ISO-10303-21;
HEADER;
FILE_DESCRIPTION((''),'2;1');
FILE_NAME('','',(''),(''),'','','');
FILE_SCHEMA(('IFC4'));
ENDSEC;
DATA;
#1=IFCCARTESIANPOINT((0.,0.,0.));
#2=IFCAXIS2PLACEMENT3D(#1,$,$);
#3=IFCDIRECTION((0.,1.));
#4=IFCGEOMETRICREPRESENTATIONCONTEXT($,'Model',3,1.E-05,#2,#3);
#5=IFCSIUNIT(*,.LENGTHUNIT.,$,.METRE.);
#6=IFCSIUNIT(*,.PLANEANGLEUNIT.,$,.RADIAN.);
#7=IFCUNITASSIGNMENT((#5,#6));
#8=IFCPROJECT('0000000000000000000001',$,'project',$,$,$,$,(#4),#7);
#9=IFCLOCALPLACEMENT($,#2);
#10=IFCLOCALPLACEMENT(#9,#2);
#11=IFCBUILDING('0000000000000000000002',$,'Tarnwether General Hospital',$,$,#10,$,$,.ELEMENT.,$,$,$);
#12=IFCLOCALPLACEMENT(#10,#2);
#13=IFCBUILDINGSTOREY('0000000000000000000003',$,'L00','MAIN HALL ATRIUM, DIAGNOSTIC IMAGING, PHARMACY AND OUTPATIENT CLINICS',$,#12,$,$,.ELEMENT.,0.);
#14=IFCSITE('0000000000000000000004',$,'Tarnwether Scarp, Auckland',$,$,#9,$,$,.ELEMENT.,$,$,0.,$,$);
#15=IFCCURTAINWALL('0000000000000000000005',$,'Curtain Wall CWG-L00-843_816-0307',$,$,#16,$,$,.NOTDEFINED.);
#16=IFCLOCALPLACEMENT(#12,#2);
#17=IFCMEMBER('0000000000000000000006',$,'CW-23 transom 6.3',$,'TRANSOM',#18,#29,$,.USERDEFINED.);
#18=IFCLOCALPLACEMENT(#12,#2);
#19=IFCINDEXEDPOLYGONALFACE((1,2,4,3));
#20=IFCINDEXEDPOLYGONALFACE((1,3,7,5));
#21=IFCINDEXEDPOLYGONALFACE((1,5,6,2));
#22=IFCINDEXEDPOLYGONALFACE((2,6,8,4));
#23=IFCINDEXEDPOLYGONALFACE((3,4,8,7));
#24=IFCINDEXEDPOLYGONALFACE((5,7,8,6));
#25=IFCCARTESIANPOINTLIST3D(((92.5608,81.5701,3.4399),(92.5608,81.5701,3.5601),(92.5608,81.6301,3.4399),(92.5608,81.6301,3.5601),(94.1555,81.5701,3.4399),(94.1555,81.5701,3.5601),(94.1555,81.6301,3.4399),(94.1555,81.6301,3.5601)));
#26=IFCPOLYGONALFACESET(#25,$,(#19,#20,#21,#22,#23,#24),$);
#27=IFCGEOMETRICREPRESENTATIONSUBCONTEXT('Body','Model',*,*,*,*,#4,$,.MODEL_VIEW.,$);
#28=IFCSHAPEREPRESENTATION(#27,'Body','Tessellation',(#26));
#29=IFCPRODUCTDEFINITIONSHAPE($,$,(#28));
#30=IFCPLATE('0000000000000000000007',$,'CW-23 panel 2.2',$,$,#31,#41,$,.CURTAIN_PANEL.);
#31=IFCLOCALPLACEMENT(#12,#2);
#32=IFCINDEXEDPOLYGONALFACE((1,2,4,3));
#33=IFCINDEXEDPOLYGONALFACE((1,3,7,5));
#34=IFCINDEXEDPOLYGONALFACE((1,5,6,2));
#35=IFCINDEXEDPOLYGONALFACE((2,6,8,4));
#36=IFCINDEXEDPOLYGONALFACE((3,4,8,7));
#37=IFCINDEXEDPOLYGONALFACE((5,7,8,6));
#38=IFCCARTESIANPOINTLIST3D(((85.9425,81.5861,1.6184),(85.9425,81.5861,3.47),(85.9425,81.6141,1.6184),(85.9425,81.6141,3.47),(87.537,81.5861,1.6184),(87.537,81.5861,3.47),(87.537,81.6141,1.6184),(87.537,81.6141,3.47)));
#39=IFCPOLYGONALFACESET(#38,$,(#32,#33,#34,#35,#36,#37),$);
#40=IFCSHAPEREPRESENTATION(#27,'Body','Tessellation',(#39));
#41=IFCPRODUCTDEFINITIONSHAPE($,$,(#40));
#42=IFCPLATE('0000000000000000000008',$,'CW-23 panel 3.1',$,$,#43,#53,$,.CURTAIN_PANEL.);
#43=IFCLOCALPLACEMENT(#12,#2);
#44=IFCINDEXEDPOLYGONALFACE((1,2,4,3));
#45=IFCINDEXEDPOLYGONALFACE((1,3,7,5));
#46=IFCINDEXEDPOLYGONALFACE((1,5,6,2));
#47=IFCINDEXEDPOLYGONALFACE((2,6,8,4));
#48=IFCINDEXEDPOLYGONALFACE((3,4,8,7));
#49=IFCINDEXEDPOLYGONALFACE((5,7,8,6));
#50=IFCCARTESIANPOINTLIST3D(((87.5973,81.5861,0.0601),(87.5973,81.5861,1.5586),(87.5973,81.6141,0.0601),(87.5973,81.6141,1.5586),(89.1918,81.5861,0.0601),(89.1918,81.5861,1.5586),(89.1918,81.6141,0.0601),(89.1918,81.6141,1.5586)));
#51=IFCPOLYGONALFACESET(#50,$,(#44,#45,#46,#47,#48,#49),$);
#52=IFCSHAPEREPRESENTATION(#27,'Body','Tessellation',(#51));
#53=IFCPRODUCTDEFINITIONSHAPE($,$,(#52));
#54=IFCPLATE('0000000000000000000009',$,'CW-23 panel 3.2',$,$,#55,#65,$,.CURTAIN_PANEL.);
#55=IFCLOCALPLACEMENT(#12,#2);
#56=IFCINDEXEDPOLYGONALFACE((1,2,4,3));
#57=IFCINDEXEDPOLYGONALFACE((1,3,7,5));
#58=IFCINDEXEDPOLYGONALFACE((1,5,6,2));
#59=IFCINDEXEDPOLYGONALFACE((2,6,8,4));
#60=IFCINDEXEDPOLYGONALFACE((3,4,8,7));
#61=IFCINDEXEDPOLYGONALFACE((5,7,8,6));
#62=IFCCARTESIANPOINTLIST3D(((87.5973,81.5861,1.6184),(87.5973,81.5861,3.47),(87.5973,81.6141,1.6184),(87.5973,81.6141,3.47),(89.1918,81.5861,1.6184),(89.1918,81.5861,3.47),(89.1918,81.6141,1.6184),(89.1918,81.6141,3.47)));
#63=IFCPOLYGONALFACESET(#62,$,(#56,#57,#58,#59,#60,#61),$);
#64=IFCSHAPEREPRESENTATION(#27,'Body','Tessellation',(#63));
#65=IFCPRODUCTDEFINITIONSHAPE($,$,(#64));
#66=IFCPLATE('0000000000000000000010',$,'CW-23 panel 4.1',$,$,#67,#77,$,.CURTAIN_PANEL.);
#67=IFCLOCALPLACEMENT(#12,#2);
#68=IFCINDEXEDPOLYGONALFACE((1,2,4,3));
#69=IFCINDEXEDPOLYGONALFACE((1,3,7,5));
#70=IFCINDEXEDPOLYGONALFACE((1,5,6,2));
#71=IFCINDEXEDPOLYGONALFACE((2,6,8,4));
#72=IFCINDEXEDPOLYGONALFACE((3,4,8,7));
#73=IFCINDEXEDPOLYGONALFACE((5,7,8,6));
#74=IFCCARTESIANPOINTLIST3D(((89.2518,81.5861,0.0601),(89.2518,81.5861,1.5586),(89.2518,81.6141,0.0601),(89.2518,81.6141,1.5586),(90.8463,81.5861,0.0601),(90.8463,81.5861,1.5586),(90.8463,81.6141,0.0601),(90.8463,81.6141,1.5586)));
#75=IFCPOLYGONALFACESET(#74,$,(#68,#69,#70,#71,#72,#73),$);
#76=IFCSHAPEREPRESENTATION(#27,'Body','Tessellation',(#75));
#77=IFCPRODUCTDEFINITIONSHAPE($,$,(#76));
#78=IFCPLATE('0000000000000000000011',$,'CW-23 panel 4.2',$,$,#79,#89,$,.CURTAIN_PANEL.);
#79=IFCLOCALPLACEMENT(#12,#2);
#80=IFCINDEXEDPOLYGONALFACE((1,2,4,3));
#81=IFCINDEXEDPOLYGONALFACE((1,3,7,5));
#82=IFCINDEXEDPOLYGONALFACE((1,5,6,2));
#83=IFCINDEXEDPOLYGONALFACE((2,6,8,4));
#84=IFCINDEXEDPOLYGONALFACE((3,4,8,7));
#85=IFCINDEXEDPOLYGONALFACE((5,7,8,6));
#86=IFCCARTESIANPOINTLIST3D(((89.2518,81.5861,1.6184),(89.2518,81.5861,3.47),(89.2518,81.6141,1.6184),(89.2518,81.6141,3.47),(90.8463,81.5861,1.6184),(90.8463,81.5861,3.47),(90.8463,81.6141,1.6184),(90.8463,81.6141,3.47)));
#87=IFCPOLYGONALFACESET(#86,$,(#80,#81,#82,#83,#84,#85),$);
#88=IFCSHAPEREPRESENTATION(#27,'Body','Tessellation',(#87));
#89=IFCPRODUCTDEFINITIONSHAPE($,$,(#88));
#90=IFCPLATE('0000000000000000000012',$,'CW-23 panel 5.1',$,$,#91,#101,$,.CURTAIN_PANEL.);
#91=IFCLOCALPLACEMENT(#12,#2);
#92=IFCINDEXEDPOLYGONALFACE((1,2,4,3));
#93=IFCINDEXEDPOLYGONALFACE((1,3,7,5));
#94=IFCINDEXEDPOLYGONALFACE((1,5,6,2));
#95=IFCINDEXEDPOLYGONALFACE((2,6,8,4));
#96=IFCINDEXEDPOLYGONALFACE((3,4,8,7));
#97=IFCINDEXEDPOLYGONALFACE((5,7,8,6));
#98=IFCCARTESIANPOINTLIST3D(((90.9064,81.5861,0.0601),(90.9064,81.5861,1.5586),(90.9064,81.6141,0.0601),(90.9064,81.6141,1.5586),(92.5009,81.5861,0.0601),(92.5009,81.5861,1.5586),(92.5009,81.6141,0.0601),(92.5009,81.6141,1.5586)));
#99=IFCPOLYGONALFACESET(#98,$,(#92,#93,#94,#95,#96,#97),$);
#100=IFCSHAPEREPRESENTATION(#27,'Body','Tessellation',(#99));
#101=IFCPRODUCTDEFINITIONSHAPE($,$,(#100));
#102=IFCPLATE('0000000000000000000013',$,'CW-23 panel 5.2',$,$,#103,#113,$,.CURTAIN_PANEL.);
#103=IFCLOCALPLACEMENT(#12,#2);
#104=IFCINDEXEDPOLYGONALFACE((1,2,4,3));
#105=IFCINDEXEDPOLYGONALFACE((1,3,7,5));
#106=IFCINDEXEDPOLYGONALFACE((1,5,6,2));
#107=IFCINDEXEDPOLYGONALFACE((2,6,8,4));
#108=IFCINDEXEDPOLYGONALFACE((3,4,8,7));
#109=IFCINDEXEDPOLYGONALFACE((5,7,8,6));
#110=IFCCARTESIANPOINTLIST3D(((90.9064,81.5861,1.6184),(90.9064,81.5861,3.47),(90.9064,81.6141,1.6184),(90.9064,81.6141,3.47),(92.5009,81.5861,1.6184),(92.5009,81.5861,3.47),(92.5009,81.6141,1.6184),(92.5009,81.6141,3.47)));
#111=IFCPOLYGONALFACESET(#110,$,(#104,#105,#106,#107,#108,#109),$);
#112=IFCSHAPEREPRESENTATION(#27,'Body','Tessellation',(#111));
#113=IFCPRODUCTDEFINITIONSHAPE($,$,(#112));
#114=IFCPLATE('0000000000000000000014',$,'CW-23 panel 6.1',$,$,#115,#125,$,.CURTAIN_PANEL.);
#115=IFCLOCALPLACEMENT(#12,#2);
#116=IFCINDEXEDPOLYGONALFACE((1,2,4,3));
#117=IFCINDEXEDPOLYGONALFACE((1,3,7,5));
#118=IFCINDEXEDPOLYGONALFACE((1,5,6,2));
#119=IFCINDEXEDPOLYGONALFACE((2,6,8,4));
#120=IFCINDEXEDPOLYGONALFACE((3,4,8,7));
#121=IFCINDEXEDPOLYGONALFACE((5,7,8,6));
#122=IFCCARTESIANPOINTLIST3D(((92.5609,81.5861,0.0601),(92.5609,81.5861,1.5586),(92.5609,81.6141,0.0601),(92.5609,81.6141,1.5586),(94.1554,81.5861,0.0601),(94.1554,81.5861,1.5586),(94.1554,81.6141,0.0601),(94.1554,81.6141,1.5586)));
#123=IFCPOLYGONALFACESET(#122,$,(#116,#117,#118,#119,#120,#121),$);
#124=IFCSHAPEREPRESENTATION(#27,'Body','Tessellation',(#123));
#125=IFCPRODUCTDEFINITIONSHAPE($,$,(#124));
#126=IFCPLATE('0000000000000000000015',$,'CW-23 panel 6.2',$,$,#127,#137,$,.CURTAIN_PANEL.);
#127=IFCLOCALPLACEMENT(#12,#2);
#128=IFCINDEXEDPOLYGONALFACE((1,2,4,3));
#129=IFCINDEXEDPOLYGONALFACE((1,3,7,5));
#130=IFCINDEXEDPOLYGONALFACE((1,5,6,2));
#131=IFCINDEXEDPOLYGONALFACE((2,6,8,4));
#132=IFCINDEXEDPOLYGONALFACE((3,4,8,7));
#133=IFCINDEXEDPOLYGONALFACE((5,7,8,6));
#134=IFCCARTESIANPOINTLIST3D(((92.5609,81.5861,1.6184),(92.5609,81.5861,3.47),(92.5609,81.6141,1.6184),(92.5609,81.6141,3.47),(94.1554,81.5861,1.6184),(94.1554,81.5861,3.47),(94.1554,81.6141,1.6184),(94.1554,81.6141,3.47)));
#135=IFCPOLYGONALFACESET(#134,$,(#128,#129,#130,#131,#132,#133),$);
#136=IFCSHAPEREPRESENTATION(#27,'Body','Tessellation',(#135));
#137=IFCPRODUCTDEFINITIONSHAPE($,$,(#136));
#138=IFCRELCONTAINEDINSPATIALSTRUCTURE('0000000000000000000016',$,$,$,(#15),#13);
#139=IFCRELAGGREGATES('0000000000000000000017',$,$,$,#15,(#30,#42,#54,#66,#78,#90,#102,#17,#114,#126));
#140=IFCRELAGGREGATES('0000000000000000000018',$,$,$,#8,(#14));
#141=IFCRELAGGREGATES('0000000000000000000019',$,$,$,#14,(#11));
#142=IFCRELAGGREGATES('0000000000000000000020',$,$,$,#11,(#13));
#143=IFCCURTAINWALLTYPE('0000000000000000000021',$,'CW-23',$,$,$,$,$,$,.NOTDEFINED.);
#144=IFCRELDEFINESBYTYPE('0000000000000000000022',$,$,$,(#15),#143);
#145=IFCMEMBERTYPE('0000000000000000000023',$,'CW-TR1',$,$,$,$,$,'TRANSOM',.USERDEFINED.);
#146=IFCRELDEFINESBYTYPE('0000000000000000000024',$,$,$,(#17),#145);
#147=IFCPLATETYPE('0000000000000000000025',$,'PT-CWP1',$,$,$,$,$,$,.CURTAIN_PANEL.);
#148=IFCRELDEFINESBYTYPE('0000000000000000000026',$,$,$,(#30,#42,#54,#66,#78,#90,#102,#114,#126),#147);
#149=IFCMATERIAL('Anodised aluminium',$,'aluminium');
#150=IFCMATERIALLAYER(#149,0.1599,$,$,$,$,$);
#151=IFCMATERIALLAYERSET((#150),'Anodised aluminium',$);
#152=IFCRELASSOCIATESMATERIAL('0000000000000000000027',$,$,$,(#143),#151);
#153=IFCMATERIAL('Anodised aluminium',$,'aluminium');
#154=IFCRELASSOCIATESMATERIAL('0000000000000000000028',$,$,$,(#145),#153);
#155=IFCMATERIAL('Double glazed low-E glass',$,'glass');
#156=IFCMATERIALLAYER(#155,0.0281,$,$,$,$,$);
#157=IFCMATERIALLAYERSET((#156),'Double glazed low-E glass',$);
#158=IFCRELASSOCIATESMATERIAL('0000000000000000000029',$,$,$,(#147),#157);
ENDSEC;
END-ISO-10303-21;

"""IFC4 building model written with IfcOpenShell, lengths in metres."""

from ifc_helpers import new_model, si_unit, direction, frame, origin, origin_2d, place, context, subcontext, project, spatial, rectangle, extrude, material, layer, layer_set, material_profile, profile_set, type_object, element, aggregate, save


model = new_model("IFC4")

# Units and contexts
model_context = context("Model", 3, precision=1e-05, world=origin(), true_north=direction((0.0, 1.0)))
body_context = subcontext(model_context, "Body", "Model", "MODEL_VIEW")
ifc_project = project(units=[si_unit("LENGTHUNIT", "METRE"), si_unit("PLANEANGLEUNIT", "RADIAN")], contexts=[model_context])

# Site, building, storey
site_placement = place(None, origin())
site = spatial("IfcSite", under=ifc_project, at=site_placement, Name="Tarnwether Scarp, Auckland", CompositionType="ELEMENT", RefElevation=0.0)
building_placement = place(site_placement, origin())
building = spatial("IfcBuilding", under=site, at=building_placement, Name="Tarnwether General Hospital", CompositionType="ELEMENT")
storey_placement = place(building_placement, origin())
storey = spatial("IfcBuildingStorey", under=building, at=storey_placement, Name="L00", Description="MAIN HALL ATRIUM, DIAGNOSTIC IMAGING, PHARMACY AND OUTPATIENT CLINICS", CompositionType="ELEMENT", Elevation=0.0)

# Curtain wall, member, plates
ifc_material_1 = material(Name="Anodised aluminium", Category="aluminium")
ifc_layer_1 = layer(ifc_material_1, 0.1599)
ifc_layer_set_1 = layer_set([ifc_layer_1], Name="Anodised aluminium")
curtain_wall_type = type_object("IfcCurtainWallType", Name="CW-23", PredefinedType="NOTDEFINED", material=ifc_layer_set_1)
curtain_wall_placement = place(storey_placement, origin())
curtain_wall = element("IfcCurtainWall", 1, at=curtain_wall_placement, inside=storey, type_object=curtain_wall_type, Name="Curtain Wall CWG-L00-843_816-0307", PredefinedType="NOTDEFINED")
ifc_material_2 = material(Name="Anodised aluminium", Category="aluminium")
ifc_material_profile_1 = material_profile(ifc_material_2, rectangle(XDim=0.0601, YDim=0.1201, at=origin_2d()), Name="ALU-TRN-60x120")
ifc_profile_set_1 = profile_set([ifc_material_profile_1], Name="Anodised aluminium")
member_type_1 = type_object("IfcMemberType", Name="CW-TR1", ElementType="TRANSOM", PredefinedType="USERDEFINED", material=ifc_profile_set_1)
member_1_placement = place(storey_placement, frame((92.5608, 81.6001, 3.5), z_axis=(1.0, 0.0, 0.0), x_axis=(0.0, 1.0, 0.0)))
member_1 = element("IfcMember", 2, at=member_1_placement, type_object=member_type_1, Name="CW-23 transom 6.3", ObjectType="TRANSOM", PredefinedType="USERDEFINED", context=body_context, shape_type="SweptSolid", body=[
    extrude(rectangle(XDim=0.0601, YDim=0.1201, at=origin_2d()), origin(), (0.0, 0.0, 1.0), 1.5947),
])
ifc_material_3 = material(Name="Double glazed low-E glass", Category="glass")
ifc_layer_2 = layer(ifc_material_3, 0.0281)
ifc_layer_set_2 = layer_set([ifc_layer_2], Name="Double glazed low-E glass")
plate_type = type_object("IfcPlateType", Name="PT-CWP1", PredefinedType="CURTAIN_PANEL", material=ifc_layer_set_2)
plate_1_placement = place(storey_placement, frame((86.7397, 81.6001, 1.6184), z_axis=(0.0, 0.0, 1.0), x_axis=(1.0, 0.0, 0.0)))
plate_1 = element("IfcPlate", 3, at=plate_1_placement, type_object=plate_type, Name="CW-23 panel 2.2", PredefinedType="CURTAIN_PANEL", context=body_context, shape_type="SweptSolid", body=[
    extrude(rectangle(XDim=1.5945, YDim=0.0281, at=origin_2d()), origin(), (0.0, 0.0, 1.0), 1.8516),
])
plate_2_placement = place(storey_placement, frame((88.3945, 81.6001, 0.0601), z_axis=(0.0, 0.0, 1.0), x_axis=(1.0, 0.0, 0.0)))
plate_2 = element("IfcPlate", 4, at=plate_2_placement, type_object=plate_type, Name="CW-23 panel 3.1", PredefinedType="CURTAIN_PANEL", context=body_context, shape_type="SweptSolid", body=[
    extrude(rectangle(XDim=1.5945, YDim=0.0281, at=origin_2d()), origin(), (0.0, 0.0, 1.0), 1.4985),
])
plate_3_placement = place(storey_placement, frame((88.3945, 81.6001, 1.6184), z_axis=(0.0, 0.0, 1.0), x_axis=(1.0, 0.0, 0.0)))
plate_3 = element("IfcPlate", 5, at=plate_3_placement, type_object=plate_type, Name="CW-23 panel 3.2", PredefinedType="CURTAIN_PANEL", context=body_context, shape_type="SweptSolid", body=[
    extrude(rectangle(XDim=1.5945, YDim=0.0281, at=origin_2d()), origin(), (0.0, 0.0, 1.0), 1.8516),
])
plate_4_placement = place(storey_placement, frame((90.0491, 81.6001, 0.0601), z_axis=(0.0, 0.0, 1.0), x_axis=(1.0, 0.0, 0.0)))
plate_4 = element("IfcPlate", 6, at=plate_4_placement, type_object=plate_type, Name="CW-23 panel 4.1", PredefinedType="CURTAIN_PANEL", context=body_context, shape_type="SweptSolid", body=[
    extrude(rectangle(XDim=1.5945, YDim=0.0281, at=origin_2d()), origin(), (0.0, 0.0, 1.0), 1.4985),
])
plate_5_placement = place(storey_placement, frame((90.0491, 81.6001, 1.6184), z_axis=(0.0, 0.0, 1.0), x_axis=(1.0, 0.0, 0.0)))
plate_5 = element("IfcPlate", 7, at=plate_5_placement, type_object=plate_type, Name="CW-23 panel 4.2", PredefinedType="CURTAIN_PANEL", context=body_context, shape_type="SweptSolid", body=[
    extrude(rectangle(XDim=1.5945, YDim=0.0281, at=origin_2d()), origin(), (0.0, 0.0, 1.0), 1.8516),
])
plate_6_placement = place(storey_placement, frame((91.7036, 81.6001, 0.0601), z_axis=(0.0, 0.0, 1.0), x_axis=(1.0, 0.0, 0.0)))
plate_6 = element("IfcPlate", 8, at=plate_6_placement, type_object=plate_type, Name="CW-23 panel 5.1", PredefinedType="CURTAIN_PANEL", context=body_context, shape_type="SweptSolid", body=[
    extrude(rectangle(XDim=1.5945, YDim=0.0281, at=origin_2d()), origin(), (0.0, 0.0, 1.0), 1.4985),
])
plate_7_placement = place(storey_placement, frame((91.7036, 81.6001, 1.6184), z_axis=(0.0, 0.0, 1.0), x_axis=(1.0, 0.0, 0.0)))
plate_7 = element("IfcPlate", 9, at=plate_7_placement, type_object=plate_type, Name="CW-23 panel 5.2", PredefinedType="CURTAIN_PANEL", context=body_context, shape_type="SweptSolid", body=[
    extrude(rectangle(XDim=1.5945, YDim=0.0281, at=origin_2d()), origin(), (0.0, 0.0, 1.0), 1.8516),
])
plate_8_placement = place(storey_placement, frame((93.3582, 81.6001, 0.0601), z_axis=(0.0, 0.0, 1.0), x_axis=(1.0, 0.0, 0.0)))
plate_8 = element("IfcPlate", 10, at=plate_8_placement, type_object=plate_type, Name="CW-23 panel 6.1", PredefinedType="CURTAIN_PANEL", context=body_context, shape_type="SweptSolid", body=[
    extrude(rectangle(XDim=1.5945, YDim=0.0281, at=origin_2d()), origin(), (0.0, 0.0, 1.0), 1.4985),
])
plate_9_placement = place(storey_placement, frame((93.3582, 81.6001, 1.6184), z_axis=(0.0, 0.0, 1.0), x_axis=(1.0, 0.0, 0.0)))
plate_9 = element("IfcPlate", 11, at=plate_9_placement, type_object=plate_type, Name="CW-23 panel 6.2", PredefinedType="CURTAIN_PANEL", context=body_context, shape_type="SweptSolid", body=[
    extrude(rectangle(XDim=1.5945, YDim=0.0281, at=origin_2d()), origin(), (0.0, 0.0, 1.0), 1.8516),
])
aggregate(curtain_wall, [plate_1, plate_2, plate_3, plate_4, plate_5, plate_6, plate_7, member_1, plate_8, plate_9])

save(model, "model.ifc")
